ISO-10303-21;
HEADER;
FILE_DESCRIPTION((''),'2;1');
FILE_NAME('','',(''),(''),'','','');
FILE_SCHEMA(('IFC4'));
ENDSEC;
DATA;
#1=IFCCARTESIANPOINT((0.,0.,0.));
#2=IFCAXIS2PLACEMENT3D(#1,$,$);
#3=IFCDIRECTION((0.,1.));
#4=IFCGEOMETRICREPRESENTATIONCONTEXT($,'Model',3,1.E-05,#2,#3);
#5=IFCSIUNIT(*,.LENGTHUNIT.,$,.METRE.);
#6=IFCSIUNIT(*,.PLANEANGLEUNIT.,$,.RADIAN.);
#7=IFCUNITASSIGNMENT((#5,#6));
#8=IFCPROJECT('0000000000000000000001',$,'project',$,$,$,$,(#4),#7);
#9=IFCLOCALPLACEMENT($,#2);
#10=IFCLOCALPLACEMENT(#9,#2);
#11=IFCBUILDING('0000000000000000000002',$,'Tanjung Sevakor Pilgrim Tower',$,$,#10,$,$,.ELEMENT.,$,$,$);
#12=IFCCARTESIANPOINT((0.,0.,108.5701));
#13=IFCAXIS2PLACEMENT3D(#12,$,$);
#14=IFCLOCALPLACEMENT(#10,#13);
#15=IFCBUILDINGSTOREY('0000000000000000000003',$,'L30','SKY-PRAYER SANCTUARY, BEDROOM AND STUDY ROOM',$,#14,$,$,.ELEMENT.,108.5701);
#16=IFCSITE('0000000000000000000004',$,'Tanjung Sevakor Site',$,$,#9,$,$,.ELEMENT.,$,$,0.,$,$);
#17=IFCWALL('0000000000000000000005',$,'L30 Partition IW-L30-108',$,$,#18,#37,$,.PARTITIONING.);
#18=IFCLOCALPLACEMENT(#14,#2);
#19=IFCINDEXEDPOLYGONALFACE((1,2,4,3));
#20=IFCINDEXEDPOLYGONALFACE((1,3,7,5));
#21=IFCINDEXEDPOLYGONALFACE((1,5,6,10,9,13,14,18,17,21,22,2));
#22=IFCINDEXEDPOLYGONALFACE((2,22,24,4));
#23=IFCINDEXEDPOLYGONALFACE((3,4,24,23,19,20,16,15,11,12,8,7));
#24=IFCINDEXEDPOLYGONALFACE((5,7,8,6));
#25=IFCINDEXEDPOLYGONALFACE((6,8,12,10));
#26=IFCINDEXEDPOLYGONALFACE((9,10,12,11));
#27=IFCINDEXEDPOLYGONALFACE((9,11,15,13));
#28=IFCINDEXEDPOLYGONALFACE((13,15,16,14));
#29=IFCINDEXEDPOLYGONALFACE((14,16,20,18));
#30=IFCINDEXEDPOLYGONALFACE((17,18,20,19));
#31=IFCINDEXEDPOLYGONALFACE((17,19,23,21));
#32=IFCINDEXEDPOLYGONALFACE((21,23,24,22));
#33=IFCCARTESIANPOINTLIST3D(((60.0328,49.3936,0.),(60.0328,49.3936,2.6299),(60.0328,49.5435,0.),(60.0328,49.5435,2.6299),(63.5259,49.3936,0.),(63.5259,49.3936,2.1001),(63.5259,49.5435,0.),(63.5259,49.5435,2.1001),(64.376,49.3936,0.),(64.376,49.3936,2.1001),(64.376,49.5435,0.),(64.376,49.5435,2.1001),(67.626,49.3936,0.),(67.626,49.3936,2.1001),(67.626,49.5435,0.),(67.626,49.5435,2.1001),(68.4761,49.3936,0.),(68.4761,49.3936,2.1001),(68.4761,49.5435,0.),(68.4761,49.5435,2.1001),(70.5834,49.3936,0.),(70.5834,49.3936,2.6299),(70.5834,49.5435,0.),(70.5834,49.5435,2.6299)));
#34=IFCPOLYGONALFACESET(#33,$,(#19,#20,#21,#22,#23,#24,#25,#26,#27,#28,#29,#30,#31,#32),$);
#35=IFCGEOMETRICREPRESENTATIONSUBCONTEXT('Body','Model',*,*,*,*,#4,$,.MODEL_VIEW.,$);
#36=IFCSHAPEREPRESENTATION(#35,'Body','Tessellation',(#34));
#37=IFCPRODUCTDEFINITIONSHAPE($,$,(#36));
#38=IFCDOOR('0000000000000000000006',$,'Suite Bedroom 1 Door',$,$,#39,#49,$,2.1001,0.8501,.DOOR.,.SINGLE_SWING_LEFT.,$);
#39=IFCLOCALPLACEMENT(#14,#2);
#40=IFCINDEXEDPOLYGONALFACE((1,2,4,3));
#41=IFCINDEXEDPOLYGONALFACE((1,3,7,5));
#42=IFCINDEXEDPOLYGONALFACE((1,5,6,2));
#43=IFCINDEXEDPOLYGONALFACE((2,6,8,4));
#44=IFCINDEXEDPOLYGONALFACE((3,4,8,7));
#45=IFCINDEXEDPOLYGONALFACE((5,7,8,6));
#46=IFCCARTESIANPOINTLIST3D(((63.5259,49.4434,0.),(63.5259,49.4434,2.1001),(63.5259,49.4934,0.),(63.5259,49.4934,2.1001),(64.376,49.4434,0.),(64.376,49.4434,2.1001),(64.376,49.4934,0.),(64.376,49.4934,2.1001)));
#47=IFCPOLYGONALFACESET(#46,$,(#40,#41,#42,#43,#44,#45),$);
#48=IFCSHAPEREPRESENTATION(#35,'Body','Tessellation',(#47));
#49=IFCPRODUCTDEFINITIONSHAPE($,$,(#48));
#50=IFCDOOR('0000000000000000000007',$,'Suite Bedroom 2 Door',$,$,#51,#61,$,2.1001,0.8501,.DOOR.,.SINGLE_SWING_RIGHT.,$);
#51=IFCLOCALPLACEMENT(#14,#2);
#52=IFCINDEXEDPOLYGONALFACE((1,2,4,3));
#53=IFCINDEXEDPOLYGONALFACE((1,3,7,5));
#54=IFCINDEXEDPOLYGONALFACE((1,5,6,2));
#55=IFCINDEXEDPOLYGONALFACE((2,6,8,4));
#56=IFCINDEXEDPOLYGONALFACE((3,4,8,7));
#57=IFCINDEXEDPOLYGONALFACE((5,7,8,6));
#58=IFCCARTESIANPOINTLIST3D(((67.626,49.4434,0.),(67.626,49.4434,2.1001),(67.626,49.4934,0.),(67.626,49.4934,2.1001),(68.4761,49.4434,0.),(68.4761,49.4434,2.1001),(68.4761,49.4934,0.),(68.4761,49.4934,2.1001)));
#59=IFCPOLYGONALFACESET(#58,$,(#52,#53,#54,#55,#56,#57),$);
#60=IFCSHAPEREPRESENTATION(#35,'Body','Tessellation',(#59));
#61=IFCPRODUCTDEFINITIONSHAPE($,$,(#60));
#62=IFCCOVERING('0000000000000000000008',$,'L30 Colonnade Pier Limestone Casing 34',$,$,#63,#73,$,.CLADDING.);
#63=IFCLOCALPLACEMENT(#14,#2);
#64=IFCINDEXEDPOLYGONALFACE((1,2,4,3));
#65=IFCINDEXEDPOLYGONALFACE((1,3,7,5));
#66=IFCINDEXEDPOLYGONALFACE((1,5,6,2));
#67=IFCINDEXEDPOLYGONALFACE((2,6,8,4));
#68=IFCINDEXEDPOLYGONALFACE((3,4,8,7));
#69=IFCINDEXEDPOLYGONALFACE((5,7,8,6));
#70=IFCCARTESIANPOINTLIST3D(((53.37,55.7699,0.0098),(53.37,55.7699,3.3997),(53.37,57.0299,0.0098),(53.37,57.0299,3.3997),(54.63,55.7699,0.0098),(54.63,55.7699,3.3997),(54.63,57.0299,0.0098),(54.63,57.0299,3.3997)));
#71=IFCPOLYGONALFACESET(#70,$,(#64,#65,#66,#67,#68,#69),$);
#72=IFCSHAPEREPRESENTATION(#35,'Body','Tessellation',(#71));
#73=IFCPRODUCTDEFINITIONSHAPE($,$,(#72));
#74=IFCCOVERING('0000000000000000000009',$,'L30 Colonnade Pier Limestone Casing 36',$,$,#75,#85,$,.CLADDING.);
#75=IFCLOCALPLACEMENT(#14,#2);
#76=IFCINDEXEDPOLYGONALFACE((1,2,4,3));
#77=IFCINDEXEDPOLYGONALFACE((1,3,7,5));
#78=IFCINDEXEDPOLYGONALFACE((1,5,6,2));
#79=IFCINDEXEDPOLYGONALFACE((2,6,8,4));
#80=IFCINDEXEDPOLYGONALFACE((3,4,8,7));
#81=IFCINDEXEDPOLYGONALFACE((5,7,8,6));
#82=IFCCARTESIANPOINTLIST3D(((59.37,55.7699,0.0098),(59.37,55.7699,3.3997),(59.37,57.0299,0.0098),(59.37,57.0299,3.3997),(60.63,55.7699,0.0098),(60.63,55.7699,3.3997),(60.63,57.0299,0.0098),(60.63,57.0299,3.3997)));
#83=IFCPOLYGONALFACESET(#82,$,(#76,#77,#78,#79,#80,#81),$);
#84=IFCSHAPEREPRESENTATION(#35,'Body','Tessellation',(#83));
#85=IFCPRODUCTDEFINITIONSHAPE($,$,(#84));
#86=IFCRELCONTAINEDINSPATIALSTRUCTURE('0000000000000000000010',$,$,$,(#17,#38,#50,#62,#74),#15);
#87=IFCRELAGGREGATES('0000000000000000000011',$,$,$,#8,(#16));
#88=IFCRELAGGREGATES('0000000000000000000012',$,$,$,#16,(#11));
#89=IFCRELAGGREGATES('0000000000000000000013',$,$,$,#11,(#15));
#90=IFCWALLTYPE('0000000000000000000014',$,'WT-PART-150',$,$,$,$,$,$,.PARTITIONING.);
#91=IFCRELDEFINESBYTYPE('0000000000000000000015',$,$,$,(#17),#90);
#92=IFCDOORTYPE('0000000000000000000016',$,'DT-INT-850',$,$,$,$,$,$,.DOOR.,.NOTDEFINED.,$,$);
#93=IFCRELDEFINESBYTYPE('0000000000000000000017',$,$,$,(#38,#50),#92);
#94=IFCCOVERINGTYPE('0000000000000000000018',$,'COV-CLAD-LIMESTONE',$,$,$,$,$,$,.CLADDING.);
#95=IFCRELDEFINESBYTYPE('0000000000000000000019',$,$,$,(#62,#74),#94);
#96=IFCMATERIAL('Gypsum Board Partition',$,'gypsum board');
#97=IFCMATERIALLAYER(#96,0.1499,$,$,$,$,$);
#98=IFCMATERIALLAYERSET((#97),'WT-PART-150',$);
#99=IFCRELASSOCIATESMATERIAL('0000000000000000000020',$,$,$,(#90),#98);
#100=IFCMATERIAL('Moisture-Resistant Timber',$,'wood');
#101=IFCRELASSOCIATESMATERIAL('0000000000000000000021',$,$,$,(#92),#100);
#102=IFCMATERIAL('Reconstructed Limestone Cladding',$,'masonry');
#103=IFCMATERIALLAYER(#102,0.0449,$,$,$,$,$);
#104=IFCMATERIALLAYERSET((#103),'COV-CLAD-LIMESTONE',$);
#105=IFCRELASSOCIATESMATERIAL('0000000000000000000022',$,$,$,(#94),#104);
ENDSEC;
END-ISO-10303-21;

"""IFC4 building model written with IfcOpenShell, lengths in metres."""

from ifc_helpers import new_model, si_unit, direction, frame, frame_2d, origin, origin_2d, place, context, subcontext, project, spatial, rectangle, extrude, material, layer, layer_set, type_object, element, fill, save


model = new_model("IFC4")

# Units and contexts
model_context = context("Model", 3, precision=1e-05, world=origin(), true_north=direction((0.0, 1.0)))
body_context = subcontext(model_context, "Body", "Model", "MODEL_VIEW")
ifc_project = project(units=[si_unit("LENGTHUNIT", "METRE"), si_unit("PLANEANGLEUNIT", "RADIAN")], contexts=[model_context])

# Site, building, storey
site_placement = place(None, origin())
site = spatial("IfcSite", under=ifc_project, at=site_placement, Name="Tanjung Sevakor Site", CompositionType="ELEMENT", RefElevation=0.0)
building_placement = place(site_placement, origin())
building = spatial("IfcBuilding", under=site, at=building_placement, Name="Tanjung Sevakor Pilgrim Tower", CompositionType="ELEMENT")
storey_placement = place(building_placement, frame((0.0, 0.0, 108.5701)))
storey = spatial("IfcBuildingStorey", under=building, at=storey_placement, Name="L30", Description="SKY-PRAYER SANCTUARY, BEDROOM AND STUDY ROOM", CompositionType="ELEMENT", Elevation=108.5701)

# Shared definitions
ifc_material_1 = material(Name="Gypsum Board Partition", Category="gypsum board")
ifc_layer_1 = layer(ifc_material_1, 0.1499)
ifc_layer_set_1 = layer_set([ifc_layer_1], Name="WT-PART-150")
wall_type_1 = type_object("IfcWallType", Name="WT-PART-150", PredefinedType="PARTITIONING", material=ifc_layer_set_1)

# Wall, openings, doors
wall_1_placement = place(storey_placement, frame((60.0327, 49.4685, 0.0), z_axis=(0.0, 0.0, 1.0), x_axis=(1.0, 0.0, 0.0)))
wall_1 = element("IfcWall", 1, at=wall_1_placement, inside=storey, type_object=wall_type_1, Name="L30 Partition IW-L30-108", PredefinedType="PARTITIONING", context=body_context, shape_type="SweptSolid", body=[
    extrude(rectangle(XDim=10.5505, YDim=0.1499, at=frame_2d((5.2754, 0.0))), origin(), (0.0, 0.0, 1.0), 2.6299),
])
opening_1_placement = place(wall_1_placement, frame((3.4932, 0.0, 0.0)))
opening_1 = element("IfcOpeningElement", 2, at=opening_1_placement, cuts=wall_1, PredefinedType="OPENING", context=body_context, shape_type="SweptSolid", body=[
    extrude(rectangle(XDim=0.8501, YDim=2.1001, at=frame_2d((0.425, 1.05))), frame((0.0, 0.085, 0.0), z_axis=(0.0, -1.0, 0.0), x_axis=(1.0, 0.0, 0.0)), (0.0, 0.0, 1.0), 0.1699),
])
opening_2_placement = place(wall_1_placement, frame((7.5933, 0.0, 0.0)))
opening_2 = element("IfcOpeningElement", 3, at=opening_2_placement, cuts=wall_1, PredefinedType="OPENING", context=body_context, shape_type="SweptSolid", body=[
    extrude(rectangle(XDim=0.8501, YDim=2.1001, at=frame_2d((0.425, 1.05))), frame((0.0, 0.085, 0.0), z_axis=(0.0, -1.0, 0.0), x_axis=(1.0, 0.0, 0.0)), (0.0, 0.0, 1.0), 0.1699),
])
ifc_material_2 = material(Name="Moisture-Resistant Timber", Category="wood")
door_type_1 = type_object("IfcDoorType", Name="DT-INT-850", OperationType="NOTDEFINED", PredefinedType="DOOR", material=ifc_material_2)
door_1_placement = place(opening_1_placement, origin())
door_1 = element("IfcDoor", 4, at=door_1_placement, inside=storey, type_object=door_type_1, Name="Suite Bedroom 1 Door", OperationType="SINGLE_SWING_LEFT", OverallHeight=2.1001, OverallWidth=0.8501, PredefinedType="DOOR", context=body_context, shape_type="SweptSolid", body=[
    extrude(rectangle(XDim=0.8501, YDim=2.1001, at=frame_2d((0.425, 1.05))), frame((0.0, 0.0249, 0.0), z_axis=(0.0, -1.0, 0.0), x_axis=(1.0, 0.0, 0.0)), (0.0, 0.0, 1.0), 0.05),
])
fill(opening_1, door_1)
door_2_placement = place(opening_2_placement, origin())
door_2 = element("IfcDoor", 5, at=door_2_placement, inside=storey, type_object=door_type_1, Name="Suite Bedroom 2 Door", OperationType="SINGLE_SWING_RIGHT", OverallHeight=2.1001, OverallWidth=0.8501, PredefinedType="DOOR", context=body_context, shape_type="SweptSolid", body=[
    extrude(rectangle(XDim=0.8501, YDim=2.1001, at=frame_2d((0.425, 1.05))), frame((0.0, 0.0249, 0.0), z_axis=(0.0, -1.0, 0.0), x_axis=(1.0, 0.0, 0.0)), (0.0, 0.0, 1.0), 0.05),
])
fill(opening_2, door_2)

# Coverings
ifc_material_3 = material(Name="Reconstructed Limestone Cladding", Category="masonry")
ifc_layer_2 = layer(ifc_material_3, 0.0449)
ifc_layer_set_2 = layer_set([ifc_layer_2], Name="COV-CLAD-LIMESTONE")
covering_type = type_object("IfcCoveringType", Name="COV-CLAD-LIMESTONE", PredefinedType="CLADDING", material=ifc_layer_set_2)
for number, where, z_axis, x_axis, name in (
    (6, (54.0, 56.3999, 0.0098), (0.0, 0.0, 1.0), (1.0, 0.0, 0.0), "L30 Colonnade Pier Limestone Casing 34"),
    (7, (60.0, 56.3999, 0.0098), (0.0, 0.0, 1.0), (1.0, 0.0, 0.0), "L30 Colonnade Pier Limestone Casing 36"),
):
    element("IfcCovering", number, at=place(storey_placement, frame(where, z_axis=z_axis, x_axis=x_axis)), inside=storey, type_object=covering_type, Name=name, PredefinedType="CLADDING", context=body_context, shape_type="SweptSolid", body=[
        extrude(rectangle(XDim=1.26, YDim=1.26, at=origin_2d()), origin(), (0.0, 0.0, 1.0), 3.3899),
    ])

save(model, "model.ifc")
